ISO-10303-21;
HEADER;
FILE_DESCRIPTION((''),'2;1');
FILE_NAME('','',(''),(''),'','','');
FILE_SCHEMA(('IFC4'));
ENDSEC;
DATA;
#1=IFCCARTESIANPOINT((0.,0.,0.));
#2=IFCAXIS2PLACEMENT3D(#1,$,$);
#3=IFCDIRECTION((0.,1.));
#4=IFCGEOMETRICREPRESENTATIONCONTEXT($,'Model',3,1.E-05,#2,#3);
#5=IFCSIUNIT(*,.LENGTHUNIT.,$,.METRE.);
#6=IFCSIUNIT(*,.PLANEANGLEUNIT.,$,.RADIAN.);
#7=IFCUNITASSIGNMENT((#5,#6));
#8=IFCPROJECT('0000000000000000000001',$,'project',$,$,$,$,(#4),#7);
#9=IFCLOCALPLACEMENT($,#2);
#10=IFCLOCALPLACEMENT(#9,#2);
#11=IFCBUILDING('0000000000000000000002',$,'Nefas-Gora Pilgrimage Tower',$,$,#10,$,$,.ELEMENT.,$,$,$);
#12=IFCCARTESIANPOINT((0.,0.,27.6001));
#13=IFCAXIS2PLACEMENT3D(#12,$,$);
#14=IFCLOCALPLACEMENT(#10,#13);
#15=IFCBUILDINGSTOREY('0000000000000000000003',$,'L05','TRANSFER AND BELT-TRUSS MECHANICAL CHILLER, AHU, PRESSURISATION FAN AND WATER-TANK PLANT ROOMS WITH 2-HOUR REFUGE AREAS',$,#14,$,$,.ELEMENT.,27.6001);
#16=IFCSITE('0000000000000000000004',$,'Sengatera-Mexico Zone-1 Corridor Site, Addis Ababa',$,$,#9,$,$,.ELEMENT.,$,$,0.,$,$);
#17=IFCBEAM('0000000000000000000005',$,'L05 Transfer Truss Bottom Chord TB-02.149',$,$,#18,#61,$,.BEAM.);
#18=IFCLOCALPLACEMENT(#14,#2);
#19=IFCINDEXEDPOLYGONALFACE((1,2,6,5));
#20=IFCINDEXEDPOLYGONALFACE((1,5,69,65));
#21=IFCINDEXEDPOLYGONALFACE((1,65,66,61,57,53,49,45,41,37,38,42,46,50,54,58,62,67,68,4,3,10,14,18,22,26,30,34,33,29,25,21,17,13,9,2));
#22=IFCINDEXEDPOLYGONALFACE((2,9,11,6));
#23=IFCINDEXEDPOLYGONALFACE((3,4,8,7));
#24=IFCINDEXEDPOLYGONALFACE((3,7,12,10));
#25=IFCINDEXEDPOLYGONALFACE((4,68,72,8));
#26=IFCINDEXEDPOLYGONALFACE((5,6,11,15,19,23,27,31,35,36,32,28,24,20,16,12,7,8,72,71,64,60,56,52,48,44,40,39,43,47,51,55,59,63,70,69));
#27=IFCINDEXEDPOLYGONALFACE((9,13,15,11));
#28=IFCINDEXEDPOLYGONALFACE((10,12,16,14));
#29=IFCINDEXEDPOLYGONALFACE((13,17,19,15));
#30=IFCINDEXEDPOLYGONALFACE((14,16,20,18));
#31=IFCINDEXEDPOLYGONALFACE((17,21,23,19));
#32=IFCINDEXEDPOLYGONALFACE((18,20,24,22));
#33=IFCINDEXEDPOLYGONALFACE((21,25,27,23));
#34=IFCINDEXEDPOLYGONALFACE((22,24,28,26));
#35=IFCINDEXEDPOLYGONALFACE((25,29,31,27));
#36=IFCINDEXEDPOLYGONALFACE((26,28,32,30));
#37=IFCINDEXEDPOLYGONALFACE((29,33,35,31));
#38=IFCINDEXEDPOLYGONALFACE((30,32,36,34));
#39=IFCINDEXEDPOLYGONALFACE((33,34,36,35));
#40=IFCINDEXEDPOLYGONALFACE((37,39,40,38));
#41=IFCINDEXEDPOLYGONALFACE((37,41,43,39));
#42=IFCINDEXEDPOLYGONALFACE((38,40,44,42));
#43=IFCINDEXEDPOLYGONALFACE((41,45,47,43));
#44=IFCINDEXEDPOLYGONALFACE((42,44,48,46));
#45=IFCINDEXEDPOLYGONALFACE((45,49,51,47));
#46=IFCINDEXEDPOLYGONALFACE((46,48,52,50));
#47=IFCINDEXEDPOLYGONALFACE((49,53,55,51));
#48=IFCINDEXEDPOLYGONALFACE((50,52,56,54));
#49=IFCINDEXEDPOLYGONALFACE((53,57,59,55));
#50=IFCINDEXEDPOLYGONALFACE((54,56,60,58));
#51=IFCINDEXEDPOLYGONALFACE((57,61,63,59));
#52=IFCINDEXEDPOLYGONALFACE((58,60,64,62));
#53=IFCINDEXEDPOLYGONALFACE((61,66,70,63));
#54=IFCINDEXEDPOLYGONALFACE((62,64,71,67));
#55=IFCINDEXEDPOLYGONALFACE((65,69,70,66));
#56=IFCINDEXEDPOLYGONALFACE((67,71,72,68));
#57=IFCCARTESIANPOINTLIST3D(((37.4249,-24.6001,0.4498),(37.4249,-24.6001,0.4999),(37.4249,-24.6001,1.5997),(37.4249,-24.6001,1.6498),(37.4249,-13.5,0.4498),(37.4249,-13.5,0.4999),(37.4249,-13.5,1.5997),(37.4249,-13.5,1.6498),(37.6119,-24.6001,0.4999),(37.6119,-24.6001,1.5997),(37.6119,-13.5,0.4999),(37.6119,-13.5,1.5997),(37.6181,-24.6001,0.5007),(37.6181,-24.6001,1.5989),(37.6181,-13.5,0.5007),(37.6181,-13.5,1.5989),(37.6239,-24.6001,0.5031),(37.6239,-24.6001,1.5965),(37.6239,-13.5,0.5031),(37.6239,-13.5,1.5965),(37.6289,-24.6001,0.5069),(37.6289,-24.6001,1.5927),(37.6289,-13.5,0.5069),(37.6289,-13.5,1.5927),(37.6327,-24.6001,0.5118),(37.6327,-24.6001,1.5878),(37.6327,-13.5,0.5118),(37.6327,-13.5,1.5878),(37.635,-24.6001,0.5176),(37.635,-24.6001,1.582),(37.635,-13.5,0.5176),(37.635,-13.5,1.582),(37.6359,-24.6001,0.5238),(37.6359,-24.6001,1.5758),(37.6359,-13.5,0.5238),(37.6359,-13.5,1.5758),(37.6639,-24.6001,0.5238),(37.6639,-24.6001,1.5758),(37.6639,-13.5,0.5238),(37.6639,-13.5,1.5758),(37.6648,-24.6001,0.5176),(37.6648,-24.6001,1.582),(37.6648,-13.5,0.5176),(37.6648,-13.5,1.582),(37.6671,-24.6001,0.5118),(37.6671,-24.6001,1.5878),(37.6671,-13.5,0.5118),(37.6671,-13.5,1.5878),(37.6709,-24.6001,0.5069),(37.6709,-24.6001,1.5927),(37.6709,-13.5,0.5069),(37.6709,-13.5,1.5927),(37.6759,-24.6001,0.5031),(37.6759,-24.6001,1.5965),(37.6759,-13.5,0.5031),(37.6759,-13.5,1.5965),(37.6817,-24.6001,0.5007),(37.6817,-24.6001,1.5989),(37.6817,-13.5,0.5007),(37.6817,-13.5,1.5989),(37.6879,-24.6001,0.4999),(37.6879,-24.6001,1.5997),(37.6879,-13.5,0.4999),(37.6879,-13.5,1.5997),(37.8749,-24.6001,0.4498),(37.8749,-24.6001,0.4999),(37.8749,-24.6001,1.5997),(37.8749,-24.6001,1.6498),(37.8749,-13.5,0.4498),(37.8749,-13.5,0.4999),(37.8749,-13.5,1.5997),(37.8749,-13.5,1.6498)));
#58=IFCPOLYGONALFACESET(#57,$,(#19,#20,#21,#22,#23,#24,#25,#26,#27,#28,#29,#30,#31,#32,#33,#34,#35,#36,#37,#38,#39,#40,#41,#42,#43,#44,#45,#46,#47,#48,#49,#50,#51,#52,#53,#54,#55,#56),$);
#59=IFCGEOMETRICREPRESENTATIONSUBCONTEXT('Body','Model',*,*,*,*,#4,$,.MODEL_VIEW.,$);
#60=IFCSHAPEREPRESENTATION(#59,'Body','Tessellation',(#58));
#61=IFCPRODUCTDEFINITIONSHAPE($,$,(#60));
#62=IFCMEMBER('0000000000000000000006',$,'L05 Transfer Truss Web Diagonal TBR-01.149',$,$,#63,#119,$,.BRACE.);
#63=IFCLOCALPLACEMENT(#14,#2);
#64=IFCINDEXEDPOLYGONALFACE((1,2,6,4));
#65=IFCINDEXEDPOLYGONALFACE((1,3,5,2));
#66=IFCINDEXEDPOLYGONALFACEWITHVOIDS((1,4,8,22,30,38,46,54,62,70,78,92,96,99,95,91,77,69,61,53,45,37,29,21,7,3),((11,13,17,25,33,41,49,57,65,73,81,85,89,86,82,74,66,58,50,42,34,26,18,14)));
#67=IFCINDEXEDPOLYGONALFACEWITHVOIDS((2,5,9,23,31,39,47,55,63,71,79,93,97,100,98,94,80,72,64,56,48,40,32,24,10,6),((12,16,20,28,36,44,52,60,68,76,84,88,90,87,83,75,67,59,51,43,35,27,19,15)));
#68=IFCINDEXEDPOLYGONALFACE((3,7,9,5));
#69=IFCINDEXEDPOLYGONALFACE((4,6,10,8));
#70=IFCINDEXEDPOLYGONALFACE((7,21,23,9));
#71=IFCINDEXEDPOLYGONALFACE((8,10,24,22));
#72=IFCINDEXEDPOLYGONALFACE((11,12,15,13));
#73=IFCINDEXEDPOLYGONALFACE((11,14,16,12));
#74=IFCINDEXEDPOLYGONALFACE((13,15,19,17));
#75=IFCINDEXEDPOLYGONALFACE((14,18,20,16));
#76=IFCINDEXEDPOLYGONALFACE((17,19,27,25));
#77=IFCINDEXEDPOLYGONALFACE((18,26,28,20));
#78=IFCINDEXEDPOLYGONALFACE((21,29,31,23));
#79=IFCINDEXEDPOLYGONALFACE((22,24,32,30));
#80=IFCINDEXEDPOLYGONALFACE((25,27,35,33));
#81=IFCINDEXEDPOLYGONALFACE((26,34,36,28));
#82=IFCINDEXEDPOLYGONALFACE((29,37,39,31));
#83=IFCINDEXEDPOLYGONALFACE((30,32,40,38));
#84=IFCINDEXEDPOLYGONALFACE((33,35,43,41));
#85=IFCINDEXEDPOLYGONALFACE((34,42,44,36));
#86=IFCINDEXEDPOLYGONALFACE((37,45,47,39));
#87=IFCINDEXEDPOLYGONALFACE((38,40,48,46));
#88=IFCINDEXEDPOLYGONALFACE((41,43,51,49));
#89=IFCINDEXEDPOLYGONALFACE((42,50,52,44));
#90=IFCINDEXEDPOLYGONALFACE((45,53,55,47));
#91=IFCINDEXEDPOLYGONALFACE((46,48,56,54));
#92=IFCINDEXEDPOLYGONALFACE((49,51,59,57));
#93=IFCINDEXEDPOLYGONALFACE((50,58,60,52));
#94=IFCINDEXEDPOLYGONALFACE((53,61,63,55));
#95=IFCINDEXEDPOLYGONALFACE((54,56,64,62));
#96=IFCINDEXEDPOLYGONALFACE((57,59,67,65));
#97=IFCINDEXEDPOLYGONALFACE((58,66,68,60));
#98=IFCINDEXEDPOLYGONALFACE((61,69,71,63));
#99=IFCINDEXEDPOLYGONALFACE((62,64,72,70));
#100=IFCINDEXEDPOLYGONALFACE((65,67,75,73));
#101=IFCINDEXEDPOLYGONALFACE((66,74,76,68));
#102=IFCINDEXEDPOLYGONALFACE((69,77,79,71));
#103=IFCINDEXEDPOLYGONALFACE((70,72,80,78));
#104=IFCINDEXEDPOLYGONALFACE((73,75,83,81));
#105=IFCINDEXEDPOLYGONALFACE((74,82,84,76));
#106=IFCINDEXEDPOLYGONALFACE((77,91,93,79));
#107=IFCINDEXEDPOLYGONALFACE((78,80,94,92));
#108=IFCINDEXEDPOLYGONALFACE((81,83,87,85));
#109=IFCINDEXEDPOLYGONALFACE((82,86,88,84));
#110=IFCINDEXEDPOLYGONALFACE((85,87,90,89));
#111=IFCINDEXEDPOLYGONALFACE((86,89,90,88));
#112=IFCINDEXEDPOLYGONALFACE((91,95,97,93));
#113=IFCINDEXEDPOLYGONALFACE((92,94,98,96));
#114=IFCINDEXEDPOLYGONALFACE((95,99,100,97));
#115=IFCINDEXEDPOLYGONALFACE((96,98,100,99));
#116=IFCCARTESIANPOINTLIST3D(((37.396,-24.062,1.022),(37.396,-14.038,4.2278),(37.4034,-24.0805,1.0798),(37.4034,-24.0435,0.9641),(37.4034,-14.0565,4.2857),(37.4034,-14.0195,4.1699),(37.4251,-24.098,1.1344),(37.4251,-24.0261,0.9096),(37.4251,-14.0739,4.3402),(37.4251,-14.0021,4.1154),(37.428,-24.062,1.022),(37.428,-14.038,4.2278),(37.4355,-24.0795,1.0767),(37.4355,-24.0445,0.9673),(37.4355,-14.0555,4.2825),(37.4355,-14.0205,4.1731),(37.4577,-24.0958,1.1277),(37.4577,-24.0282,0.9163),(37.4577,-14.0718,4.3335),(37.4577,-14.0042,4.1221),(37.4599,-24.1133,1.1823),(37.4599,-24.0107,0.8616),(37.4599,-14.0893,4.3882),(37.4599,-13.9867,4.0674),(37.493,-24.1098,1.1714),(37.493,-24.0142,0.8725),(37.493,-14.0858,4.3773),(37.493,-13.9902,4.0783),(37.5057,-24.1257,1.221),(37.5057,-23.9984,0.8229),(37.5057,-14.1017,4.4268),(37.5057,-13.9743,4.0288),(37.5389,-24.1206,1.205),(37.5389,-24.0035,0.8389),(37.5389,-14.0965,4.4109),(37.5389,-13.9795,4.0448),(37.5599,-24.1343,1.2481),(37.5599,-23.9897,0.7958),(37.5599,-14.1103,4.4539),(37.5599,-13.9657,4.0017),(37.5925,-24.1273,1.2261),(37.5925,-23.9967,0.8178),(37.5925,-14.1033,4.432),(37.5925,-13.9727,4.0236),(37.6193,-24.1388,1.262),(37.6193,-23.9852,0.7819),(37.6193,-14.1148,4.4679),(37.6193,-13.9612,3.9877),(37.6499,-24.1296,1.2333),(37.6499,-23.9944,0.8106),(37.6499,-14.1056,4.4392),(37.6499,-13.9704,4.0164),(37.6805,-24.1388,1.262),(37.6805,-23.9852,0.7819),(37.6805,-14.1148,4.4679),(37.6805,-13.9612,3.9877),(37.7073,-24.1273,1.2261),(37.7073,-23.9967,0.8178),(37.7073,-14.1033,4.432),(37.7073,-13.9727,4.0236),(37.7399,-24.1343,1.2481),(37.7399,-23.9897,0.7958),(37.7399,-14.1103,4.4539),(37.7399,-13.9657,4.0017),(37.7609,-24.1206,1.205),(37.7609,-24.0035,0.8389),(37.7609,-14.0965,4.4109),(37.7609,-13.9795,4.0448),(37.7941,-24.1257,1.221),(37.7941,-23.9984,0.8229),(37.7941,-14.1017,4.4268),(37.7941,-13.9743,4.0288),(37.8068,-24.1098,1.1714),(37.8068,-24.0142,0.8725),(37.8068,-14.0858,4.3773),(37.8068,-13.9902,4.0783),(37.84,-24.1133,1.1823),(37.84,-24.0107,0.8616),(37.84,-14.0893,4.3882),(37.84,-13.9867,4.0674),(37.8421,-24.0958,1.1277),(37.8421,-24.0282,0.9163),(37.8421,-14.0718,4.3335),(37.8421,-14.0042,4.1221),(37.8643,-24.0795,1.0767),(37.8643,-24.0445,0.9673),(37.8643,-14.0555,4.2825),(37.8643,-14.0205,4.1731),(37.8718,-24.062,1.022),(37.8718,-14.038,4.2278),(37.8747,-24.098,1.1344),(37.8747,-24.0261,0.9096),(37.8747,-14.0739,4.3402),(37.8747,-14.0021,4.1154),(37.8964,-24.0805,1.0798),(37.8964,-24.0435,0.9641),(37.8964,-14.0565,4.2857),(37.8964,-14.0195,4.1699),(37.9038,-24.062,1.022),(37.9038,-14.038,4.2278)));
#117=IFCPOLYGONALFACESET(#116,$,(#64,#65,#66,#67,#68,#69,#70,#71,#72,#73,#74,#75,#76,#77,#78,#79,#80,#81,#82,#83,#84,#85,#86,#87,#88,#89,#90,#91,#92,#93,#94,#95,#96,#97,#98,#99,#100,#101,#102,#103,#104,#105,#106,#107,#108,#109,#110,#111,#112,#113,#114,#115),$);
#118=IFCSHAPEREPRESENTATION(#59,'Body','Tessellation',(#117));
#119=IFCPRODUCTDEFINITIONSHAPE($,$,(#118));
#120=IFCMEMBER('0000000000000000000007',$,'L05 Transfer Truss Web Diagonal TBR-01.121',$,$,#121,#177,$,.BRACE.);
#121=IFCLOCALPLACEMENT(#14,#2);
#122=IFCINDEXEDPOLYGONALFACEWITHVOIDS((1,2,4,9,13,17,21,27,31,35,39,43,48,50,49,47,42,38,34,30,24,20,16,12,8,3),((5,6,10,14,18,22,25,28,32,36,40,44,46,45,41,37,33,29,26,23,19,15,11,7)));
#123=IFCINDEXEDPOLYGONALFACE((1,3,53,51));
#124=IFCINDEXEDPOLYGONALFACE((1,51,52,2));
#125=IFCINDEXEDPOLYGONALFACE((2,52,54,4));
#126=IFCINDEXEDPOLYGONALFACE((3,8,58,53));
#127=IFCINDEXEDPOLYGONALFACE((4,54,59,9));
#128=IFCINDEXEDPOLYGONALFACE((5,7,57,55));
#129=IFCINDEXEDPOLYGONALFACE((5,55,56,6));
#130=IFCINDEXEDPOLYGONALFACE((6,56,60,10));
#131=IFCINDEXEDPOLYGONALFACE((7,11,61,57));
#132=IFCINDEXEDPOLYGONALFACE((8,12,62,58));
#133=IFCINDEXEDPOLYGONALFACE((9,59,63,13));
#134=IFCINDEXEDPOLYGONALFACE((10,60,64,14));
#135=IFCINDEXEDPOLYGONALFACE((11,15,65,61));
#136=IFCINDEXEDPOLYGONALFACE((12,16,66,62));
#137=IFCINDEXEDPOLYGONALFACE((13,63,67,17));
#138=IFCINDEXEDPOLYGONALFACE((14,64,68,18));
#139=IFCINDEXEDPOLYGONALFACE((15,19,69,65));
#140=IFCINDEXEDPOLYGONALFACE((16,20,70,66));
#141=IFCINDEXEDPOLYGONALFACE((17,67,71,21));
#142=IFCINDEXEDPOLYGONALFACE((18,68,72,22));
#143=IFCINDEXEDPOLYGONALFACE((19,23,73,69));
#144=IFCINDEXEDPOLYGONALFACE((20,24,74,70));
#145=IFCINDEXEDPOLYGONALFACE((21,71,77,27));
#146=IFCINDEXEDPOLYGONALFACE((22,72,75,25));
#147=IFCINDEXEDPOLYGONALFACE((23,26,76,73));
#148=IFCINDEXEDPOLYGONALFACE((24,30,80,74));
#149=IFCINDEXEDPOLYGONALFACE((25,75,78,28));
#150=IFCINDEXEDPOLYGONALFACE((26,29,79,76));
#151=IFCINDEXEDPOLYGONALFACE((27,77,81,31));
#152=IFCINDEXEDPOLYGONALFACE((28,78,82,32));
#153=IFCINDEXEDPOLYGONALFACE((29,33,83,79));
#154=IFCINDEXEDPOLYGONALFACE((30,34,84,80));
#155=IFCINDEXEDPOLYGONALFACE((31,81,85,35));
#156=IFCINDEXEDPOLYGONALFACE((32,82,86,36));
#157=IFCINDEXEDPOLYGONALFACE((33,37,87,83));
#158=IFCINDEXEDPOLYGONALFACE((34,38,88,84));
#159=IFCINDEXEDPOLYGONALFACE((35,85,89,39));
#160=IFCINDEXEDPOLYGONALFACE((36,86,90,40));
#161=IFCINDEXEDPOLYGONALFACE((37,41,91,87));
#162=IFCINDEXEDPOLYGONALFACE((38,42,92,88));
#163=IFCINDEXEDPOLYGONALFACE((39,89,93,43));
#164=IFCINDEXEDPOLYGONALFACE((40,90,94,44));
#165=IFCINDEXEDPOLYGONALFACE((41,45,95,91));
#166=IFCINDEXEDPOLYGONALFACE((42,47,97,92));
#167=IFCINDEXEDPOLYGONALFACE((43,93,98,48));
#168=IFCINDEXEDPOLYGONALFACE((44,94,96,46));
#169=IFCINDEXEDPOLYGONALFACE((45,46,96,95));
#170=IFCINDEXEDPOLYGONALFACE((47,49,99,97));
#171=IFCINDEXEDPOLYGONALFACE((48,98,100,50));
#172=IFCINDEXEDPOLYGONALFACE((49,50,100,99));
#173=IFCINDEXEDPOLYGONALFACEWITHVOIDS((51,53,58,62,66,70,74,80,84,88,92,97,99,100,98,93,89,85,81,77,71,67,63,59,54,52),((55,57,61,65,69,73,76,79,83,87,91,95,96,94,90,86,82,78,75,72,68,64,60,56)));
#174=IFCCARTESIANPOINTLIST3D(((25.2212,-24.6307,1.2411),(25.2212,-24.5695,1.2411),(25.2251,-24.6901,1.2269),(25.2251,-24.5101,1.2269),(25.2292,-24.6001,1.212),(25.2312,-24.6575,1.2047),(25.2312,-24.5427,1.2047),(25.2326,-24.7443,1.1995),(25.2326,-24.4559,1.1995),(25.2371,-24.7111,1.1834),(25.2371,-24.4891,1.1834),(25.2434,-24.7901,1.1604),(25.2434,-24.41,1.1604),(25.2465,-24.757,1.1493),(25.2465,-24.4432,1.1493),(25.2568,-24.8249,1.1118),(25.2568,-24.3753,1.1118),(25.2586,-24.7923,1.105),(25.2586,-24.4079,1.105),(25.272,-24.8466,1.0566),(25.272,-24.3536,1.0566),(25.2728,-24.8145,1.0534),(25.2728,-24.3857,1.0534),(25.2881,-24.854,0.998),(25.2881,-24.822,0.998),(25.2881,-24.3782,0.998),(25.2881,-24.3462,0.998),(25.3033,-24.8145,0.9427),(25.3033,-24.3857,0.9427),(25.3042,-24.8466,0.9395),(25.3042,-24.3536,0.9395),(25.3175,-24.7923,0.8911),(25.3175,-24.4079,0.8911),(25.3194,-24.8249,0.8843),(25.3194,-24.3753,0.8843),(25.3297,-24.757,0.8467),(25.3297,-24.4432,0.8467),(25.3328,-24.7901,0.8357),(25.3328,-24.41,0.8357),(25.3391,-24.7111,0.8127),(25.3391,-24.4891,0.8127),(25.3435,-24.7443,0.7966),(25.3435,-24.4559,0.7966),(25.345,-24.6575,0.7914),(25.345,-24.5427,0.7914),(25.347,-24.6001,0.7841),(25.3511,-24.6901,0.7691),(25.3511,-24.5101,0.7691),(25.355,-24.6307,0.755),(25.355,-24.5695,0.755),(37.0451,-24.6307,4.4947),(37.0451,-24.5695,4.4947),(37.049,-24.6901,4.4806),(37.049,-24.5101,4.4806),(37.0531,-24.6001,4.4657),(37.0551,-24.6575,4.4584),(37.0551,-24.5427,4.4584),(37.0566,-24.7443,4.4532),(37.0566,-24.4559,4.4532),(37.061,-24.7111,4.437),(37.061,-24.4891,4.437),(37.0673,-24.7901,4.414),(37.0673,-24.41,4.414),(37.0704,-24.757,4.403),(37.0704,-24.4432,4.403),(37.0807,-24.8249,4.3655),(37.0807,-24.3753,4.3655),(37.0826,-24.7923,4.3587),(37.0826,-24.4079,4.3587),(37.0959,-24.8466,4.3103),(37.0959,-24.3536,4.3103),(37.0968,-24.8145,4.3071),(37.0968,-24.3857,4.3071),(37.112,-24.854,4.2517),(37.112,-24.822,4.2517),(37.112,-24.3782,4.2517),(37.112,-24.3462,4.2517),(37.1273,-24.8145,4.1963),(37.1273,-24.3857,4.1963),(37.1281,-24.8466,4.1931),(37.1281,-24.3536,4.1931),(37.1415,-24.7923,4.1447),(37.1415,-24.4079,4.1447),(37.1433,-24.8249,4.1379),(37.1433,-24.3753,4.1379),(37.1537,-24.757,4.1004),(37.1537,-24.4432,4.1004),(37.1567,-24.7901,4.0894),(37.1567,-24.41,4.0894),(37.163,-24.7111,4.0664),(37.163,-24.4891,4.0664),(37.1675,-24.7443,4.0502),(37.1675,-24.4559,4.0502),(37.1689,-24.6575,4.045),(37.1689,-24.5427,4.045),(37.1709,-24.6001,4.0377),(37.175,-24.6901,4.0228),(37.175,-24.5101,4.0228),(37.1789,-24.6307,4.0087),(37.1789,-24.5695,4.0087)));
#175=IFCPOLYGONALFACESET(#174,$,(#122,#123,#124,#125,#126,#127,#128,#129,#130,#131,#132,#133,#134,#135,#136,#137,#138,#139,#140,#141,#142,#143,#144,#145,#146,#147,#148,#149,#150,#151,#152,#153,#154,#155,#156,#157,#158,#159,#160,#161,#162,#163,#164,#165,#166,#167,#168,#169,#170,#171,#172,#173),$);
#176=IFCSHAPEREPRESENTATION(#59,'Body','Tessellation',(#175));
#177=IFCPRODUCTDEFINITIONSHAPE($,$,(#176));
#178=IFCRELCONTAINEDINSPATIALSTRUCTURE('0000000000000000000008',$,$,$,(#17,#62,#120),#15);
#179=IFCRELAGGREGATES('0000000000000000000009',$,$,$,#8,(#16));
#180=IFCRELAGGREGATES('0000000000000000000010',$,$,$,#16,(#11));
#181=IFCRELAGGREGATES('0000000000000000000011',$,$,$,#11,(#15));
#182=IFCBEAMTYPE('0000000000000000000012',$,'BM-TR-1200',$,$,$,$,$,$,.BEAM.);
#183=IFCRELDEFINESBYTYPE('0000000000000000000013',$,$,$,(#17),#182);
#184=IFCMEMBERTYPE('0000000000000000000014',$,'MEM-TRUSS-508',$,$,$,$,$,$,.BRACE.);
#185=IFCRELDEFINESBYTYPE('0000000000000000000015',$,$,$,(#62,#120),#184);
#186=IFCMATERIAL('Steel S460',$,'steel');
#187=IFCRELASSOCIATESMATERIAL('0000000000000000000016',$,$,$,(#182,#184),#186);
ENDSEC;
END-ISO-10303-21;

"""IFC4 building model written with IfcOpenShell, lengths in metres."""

from ifc_helpers import new_model, si_unit, direction, frame, origin, origin_2d, place, context, subcontext, project, spatial, hollow_circle, i_section, extrude, source, transform, mapped, material, material_profile, profile_set, type_object, element, save


model = new_model("IFC4")

# Units and contexts
model_context = context("Model", 3, precision=1e-05, world=origin(), true_north=direction((0.0, 1.0)))
body_context = subcontext(model_context, "Body", "Model", "MODEL_VIEW")
ifc_project = project(units=[si_unit("LENGTHUNIT", "METRE"), si_unit("PLANEANGLEUNIT", "RADIAN")], contexts=[model_context])

# Site, building, storey
site_placement = place(None, origin())
site = spatial("IfcSite", under=ifc_project, at=site_placement, Name="Sengatera-Mexico Zone-1 Corridor Site, Addis Ababa", CompositionType="ELEMENT", RefElevation=0.0)
building_placement = place(site_placement, origin())
building = spatial("IfcBuilding", under=site, at=building_placement, Name="Nefas-Gora Pilgrimage Tower", CompositionType="ELEMENT")
storey_placement = place(building_placement, frame((0.0, 0.0, 27.6001)))
storey = spatial("IfcBuildingStorey", under=building, at=storey_placement, Name="L05", Description="TRANSFER AND BELT-TRUSS MECHANICAL CHILLER, AHU, PRESSURISATION FAN AND WATER-TANK PLANT ROOMS WITH 2-HOUR REFUGE AREAS", CompositionType="ELEMENT", Elevation=27.6001)

# Shared definitions
ifc_material_1 = material(Name="Steel S460", Category="steel")

# Beam
ifc_material_profile_1 = material_profile(ifc_material_1, i_section(OverallWidth=0.45, OverallDepth=1.2, WebThickness=0.0281, FlangeThickness=0.05, FilletRadius=0.0239, at=origin_2d()), Name="WPG 1200x450x28x50")
ifc_profile_set_1 = profile_set([ifc_material_profile_1], Name="Steel S460")
beam_type_1 = type_object("IfcBeamType", Name="BM-TR-1200", PredefinedType="BEAM", material=ifc_profile_set_1)
shared_shape_1 = source(origin(), body_context, "Body", "SweptSolid", [
    extrude(i_section(OverallWidth=0.45, OverallDepth=1.2, WebThickness=0.0281, FlangeThickness=0.05, FilletRadius=0.0239, at=origin_2d()), origin(), (0.0, 0.0, 1.0), 11.1001),
])
beam_1_placement = place(storey_placement, frame((37.6499, -24.6001, 1.0498), z_axis=(0.0, 1.0, 0.0), x_axis=(-1.0, 0.0, 0.0)))
element("IfcBeam", 1, at=beam_1_placement, inside=storey, type_object=beam_type_1, Name="L05 Transfer Truss Bottom Chord TB-02.149", PredefinedType="BEAM", context=body_context, shape_type="MappedRepresentation", body=[
    mapped(shared_shape_1, transform((0.0, 0.0, 0.0), x_axis=(1.0, 0.0, 0.0), y_axis=(0.0, 1.0, 0.0), z_axis=(0.0, 0.0, 1.0), scale=1.0)),
])

# Members
ifc_material_profile_2 = material_profile(ifc_material_1, hollow_circle(Radius=0.2539, WallThickness=0.032, at=origin_2d()), Name="CHS 508x32")
ifc_profile_set_2 = profile_set([ifc_material_profile_2], Name="Steel S460")
member_type = type_object("IfcMemberType", Name="MEM-TRUSS-508", PredefinedType="BRACE", material=ifc_profile_set_2)
shared_shape_2 = source(origin(), body_context, "Body", "SweptSolid", [
    extrude(hollow_circle(Radius=0.2539, WallThickness=0.032, at=origin_2d()), origin(), (0.0, 0.0, 1.0), 10.5242),
])
member_1_placement = place(storey_placement, frame((37.6499, -24.062, 1.022), z_axis=(0.0, 0.952475, 0.304617), x_axis=(-1.0, 0.0, 0.0)))
element("IfcMember", 2, at=member_1_placement, inside=storey, type_object=member_type, Name="L05 Transfer Truss Web Diagonal TBR-01.149", PredefinedType="BRACE", context=body_context, shape_type="MappedRepresentation", body=[
    mapped(shared_shape_2, transform((0.0, 0.0, 0.0), x_axis=(1.0, 0.0, 0.0), y_axis=(0.0, 1.0, 0.0), z_axis=(0.0, 0.0, 1.0), scale=1.0)),
])
shared_shape_3 = source(origin(), body_context, "Body", "SweptSolid", [
    extrude(hollow_circle(Radius=0.2539, WallThickness=0.032, at=origin_2d()), origin(), (0.0, 0.0, 1.0), 12.2634),
])
member_2_placement = place(storey_placement, frame((25.2881, -24.6001, 0.998), z_axis=(0.964162, 0.0, 0.265313), x_axis=(0.0, 1.0, 0.0)))
element("IfcMember", 3, at=member_2_placement, inside=storey, type_object=member_type, Name="L05 Transfer Truss Web Diagonal TBR-01.121", PredefinedType="BRACE", context=body_context, shape_type="MappedRepresentation", body=[
    mapped(shared_shape_3, transform((0.0, 0.0, 0.0), x_axis=(1.0, 0.0, 0.0), y_axis=(0.0, 1.0, 0.0), z_axis=(0.0, 0.0, 1.0), scale=1.0)),
])

save(model, "model.ifc")
